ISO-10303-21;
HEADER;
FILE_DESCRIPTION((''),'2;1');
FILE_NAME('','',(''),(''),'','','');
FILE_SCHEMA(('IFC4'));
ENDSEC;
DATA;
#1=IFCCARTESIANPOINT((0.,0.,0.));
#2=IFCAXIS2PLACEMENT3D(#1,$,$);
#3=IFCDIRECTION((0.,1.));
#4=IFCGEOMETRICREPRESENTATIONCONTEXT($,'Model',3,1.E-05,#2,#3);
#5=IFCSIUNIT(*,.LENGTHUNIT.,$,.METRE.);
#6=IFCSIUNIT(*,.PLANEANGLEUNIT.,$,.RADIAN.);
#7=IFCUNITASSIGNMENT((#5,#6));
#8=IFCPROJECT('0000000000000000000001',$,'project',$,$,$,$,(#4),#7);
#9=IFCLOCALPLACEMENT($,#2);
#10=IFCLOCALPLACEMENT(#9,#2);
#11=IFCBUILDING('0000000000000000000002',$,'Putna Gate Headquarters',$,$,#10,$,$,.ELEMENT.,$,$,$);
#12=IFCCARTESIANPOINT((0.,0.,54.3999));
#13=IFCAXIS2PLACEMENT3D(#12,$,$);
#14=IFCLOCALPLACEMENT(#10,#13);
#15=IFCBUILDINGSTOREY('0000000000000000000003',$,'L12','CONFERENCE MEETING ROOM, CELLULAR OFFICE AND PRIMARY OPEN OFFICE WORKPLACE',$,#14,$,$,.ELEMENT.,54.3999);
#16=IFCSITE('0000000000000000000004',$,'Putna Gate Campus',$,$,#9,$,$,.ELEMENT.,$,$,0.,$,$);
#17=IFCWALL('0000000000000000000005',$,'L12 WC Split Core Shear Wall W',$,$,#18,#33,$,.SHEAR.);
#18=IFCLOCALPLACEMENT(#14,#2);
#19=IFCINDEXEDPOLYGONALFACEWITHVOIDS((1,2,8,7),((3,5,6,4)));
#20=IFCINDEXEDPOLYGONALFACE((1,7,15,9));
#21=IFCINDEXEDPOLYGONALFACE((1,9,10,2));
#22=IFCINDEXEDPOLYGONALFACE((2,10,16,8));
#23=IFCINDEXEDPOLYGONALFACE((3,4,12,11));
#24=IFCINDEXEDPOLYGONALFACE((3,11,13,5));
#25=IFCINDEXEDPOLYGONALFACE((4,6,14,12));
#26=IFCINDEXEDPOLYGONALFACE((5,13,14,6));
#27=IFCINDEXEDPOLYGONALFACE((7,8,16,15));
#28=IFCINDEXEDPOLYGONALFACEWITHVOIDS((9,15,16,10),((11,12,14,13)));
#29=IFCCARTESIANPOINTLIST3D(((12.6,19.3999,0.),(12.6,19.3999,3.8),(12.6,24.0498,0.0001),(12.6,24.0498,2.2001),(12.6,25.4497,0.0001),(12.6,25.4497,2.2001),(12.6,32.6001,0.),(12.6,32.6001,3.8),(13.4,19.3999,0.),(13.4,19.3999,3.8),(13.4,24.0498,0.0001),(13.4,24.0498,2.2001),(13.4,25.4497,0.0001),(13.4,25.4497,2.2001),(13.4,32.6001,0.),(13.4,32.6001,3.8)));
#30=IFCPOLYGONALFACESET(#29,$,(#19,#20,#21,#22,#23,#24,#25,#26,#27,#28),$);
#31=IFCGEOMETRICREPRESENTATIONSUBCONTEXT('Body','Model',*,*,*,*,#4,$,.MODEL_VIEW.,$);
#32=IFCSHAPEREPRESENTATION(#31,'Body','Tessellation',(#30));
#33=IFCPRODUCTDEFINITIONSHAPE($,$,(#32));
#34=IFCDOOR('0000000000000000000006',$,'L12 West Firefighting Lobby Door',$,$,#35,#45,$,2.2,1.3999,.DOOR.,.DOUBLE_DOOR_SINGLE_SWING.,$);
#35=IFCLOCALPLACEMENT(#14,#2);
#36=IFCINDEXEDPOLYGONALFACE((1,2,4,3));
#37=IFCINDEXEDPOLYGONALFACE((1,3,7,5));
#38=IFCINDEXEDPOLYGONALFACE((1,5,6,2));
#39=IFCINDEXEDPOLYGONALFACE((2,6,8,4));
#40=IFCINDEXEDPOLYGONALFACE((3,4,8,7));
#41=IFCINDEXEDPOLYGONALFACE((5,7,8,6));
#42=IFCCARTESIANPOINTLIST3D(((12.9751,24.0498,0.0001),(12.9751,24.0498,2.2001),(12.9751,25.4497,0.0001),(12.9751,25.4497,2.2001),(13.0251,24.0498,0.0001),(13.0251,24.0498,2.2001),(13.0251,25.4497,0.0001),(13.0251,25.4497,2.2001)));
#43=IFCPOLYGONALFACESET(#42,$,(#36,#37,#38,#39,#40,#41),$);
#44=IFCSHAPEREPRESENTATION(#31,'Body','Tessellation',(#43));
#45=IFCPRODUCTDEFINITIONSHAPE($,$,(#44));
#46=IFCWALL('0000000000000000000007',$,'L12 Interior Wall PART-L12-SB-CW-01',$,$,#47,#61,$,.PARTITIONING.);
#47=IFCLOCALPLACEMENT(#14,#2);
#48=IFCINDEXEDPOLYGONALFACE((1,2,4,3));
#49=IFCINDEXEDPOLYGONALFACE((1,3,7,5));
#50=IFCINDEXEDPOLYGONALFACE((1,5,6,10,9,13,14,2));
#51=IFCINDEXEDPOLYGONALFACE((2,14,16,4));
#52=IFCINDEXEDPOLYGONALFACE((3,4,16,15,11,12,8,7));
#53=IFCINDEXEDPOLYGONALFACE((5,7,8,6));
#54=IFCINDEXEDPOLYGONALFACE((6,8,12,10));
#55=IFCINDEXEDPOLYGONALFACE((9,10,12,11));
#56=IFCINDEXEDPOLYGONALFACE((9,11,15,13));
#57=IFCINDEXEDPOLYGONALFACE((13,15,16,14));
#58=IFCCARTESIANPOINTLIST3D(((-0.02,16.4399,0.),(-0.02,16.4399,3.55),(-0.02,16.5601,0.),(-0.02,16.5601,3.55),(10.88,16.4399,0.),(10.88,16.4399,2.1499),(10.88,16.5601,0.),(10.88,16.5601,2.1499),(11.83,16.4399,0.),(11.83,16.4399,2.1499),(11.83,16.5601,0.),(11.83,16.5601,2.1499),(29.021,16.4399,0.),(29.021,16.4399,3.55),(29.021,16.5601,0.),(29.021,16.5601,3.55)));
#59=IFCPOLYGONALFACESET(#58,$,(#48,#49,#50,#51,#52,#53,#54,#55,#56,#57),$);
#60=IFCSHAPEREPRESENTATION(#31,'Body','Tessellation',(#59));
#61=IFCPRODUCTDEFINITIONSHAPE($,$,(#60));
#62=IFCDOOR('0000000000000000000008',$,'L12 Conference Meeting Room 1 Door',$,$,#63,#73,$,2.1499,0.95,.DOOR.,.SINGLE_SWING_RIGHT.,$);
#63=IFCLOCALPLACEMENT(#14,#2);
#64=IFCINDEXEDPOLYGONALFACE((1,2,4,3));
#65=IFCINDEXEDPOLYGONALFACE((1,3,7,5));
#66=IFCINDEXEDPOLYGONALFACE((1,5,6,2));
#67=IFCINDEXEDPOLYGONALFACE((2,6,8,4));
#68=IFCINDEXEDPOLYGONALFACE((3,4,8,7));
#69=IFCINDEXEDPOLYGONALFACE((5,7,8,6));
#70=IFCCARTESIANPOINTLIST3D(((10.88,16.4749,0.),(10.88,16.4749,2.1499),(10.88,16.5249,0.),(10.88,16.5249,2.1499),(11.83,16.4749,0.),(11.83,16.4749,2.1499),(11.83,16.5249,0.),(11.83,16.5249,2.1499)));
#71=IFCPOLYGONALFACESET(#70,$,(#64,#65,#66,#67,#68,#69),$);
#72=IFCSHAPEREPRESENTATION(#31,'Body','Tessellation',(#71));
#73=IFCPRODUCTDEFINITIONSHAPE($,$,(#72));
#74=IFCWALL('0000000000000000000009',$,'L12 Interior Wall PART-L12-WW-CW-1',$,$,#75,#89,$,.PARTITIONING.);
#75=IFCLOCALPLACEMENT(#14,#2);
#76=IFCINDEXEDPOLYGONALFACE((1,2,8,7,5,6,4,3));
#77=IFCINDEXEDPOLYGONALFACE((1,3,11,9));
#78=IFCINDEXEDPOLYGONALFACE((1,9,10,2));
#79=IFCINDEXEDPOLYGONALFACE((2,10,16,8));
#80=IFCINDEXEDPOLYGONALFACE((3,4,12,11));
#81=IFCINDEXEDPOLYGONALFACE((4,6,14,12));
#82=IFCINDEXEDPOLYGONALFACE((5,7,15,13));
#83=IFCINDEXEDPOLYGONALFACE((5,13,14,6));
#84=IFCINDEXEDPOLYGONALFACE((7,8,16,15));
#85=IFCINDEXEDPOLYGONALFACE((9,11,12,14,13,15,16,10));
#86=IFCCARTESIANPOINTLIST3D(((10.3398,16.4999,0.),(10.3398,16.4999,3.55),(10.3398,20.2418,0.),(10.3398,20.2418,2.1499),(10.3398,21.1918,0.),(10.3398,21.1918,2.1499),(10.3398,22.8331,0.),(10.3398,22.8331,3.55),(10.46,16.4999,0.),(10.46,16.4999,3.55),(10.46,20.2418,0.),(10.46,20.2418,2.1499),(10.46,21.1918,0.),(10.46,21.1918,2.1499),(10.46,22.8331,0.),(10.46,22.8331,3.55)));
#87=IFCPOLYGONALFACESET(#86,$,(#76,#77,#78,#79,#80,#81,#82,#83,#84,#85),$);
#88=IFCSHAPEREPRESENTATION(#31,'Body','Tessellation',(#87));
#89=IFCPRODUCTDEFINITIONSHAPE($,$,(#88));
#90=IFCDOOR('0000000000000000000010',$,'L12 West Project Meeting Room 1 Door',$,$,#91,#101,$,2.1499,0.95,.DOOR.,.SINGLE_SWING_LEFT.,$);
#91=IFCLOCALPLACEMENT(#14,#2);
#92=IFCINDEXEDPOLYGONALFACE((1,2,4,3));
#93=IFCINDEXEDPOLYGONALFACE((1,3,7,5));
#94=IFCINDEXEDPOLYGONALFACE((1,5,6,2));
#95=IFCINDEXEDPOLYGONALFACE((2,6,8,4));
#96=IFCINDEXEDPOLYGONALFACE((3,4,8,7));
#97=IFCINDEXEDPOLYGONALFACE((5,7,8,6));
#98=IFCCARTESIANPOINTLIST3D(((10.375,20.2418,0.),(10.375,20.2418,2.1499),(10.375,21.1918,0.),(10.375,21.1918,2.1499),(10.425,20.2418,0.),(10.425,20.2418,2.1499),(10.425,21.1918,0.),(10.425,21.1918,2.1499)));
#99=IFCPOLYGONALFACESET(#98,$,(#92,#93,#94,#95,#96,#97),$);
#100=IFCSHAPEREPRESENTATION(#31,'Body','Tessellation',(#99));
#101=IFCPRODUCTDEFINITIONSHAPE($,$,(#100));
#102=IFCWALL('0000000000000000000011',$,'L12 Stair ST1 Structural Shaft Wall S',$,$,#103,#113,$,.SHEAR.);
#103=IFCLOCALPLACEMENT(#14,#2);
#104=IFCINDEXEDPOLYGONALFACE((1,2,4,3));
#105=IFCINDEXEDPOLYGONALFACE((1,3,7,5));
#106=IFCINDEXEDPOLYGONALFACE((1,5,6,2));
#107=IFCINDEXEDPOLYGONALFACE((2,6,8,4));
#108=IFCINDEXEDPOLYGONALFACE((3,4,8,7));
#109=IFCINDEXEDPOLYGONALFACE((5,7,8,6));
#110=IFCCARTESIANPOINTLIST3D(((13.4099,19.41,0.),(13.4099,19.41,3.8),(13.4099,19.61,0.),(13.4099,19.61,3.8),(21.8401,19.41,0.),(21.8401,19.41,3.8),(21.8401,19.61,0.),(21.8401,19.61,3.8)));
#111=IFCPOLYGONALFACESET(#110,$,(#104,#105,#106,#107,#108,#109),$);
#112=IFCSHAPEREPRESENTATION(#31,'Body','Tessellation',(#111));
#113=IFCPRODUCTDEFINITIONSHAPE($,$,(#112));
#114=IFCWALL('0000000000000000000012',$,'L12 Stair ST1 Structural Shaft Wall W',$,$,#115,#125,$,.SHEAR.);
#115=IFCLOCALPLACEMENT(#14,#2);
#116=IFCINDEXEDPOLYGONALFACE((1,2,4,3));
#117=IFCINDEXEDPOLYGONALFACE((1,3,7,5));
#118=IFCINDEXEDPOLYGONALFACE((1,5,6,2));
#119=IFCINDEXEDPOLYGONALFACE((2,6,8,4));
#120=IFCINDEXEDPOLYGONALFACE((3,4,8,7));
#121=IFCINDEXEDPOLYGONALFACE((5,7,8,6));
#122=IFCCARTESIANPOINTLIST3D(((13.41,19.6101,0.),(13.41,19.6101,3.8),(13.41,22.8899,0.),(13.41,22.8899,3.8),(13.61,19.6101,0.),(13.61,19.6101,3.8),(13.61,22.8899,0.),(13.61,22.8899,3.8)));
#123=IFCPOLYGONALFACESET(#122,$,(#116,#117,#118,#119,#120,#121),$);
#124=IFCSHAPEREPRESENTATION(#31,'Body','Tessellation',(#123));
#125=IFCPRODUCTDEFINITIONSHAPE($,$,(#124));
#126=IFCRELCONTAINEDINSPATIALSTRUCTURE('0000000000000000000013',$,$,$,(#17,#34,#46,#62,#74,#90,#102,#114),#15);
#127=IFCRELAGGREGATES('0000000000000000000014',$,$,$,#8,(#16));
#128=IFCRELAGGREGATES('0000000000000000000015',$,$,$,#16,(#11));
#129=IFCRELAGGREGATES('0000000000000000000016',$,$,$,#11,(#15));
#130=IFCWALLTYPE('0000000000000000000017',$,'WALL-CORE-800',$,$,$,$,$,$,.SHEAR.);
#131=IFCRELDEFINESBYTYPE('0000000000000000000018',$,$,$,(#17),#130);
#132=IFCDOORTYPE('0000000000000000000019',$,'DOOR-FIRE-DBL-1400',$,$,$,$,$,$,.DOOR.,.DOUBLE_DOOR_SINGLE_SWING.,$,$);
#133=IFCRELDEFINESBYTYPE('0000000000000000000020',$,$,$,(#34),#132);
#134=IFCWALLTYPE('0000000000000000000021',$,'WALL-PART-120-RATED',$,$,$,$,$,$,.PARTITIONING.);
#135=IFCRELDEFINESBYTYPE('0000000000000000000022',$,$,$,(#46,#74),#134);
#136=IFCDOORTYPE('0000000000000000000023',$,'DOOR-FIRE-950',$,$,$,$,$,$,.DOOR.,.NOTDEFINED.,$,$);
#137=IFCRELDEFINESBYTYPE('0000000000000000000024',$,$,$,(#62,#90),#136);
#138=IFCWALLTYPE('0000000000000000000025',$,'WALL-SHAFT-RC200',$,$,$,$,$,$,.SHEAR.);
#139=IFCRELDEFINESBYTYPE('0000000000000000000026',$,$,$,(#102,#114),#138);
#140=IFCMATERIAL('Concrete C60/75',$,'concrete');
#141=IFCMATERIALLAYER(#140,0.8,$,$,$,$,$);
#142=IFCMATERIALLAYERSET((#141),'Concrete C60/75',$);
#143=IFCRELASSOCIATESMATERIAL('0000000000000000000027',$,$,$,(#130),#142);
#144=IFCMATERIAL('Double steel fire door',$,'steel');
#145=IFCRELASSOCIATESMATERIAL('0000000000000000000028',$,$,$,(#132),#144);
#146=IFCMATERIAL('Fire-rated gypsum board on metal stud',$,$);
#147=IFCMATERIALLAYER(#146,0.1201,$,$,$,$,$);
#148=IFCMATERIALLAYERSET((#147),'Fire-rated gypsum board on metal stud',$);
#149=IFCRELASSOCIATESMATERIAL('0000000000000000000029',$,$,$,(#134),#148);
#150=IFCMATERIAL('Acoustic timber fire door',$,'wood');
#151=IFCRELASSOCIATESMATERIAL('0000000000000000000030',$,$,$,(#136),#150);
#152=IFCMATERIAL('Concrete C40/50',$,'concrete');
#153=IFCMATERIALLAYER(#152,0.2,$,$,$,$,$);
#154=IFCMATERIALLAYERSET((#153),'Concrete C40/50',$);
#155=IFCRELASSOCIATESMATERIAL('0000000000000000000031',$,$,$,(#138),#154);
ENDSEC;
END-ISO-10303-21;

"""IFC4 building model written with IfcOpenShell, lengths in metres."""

from ifc_helpers import new_model, si_unit, direction, frame, frame_2d, origin, place, context, subcontext, project, spatial, rectangle, extrude, material, layer, layer_set, type_object, element, fill, save


model = new_model("IFC4")

# Units and contexts
model_context = context("Model", 3, precision=1e-05, world=origin(), true_north=direction((0.0, 1.0)))
body_context = subcontext(model_context, "Body", "Model", "MODEL_VIEW")
ifc_project = project(units=[si_unit("LENGTHUNIT", "METRE"), si_unit("PLANEANGLEUNIT", "RADIAN")], contexts=[model_context])

# Site, building, storey
site_placement = place(None, origin())
site = spatial("IfcSite", under=ifc_project, at=site_placement, Name="Putna Gate Campus", CompositionType="ELEMENT", RefElevation=0.0)
building_placement = place(site_placement, origin())
building = spatial("IfcBuilding", under=site, at=building_placement, Name="Putna Gate Headquarters", CompositionType="ELEMENT")
storey_placement = place(building_placement, frame((0.0, 0.0, 54.3999)))
storey = spatial("IfcBuildingStorey", under=building, at=storey_placement, Name="L12", Description="CONFERENCE MEETING ROOM, CELLULAR OFFICE AND PRIMARY OPEN OFFICE WORKPLACE", CompositionType="ELEMENT", Elevation=54.3999)

# Shared definitions
ifc_material_1 = material(Name="Concrete C60/75", Category="concrete")

# Walls, openings, doors
ifc_layer_1 = layer(ifc_material_1, 0.8)
ifc_layer_set_1 = layer_set([ifc_layer_1], Name="Concrete C60/75")
wall_type_1 = type_object("IfcWallType", Name="WALL-CORE-800", PredefinedType="SHEAR", material=ifc_layer_set_1)
ifc_material_2 = material(Name="Double steel fire door", Category="steel")
door_type_1 = type_object("IfcDoorType", Name="DOOR-FIRE-DBL-1400", OperationType="DOUBLE_DOOR_SINGLE_SWING", PredefinedType="DOOR", material=ifc_material_2)
wall_1_placement = place(storey_placement, frame((13.0, 19.3999, 0.0), z_axis=(0.0, 0.0, 1.0), x_axis=(0.0, 1.0, 0.0)))
wall_1 = element("IfcWall", 1, at=wall_1_placement, inside=storey, type_object=wall_type_1, Name="L12 WC Split Core Shear Wall W", PredefinedType="SHEAR", context=body_context, shape_type="SweptSolid", body=[
    extrude(rectangle(XDim=13.2002, YDim=0.8, at=frame_2d((6.6001, 0.0))), origin(), (0.0, 0.0, 1.0), 3.8),
])
opening_1_placement = place(wall_1_placement, frame((4.6499, 0.0, 0.0)))
opening_1 = element("IfcOpeningElement", 2, at=opening_1_placement, cuts=wall_1, PredefinedType="OPENING", context=body_context, shape_type="SweptSolid", body=[
    extrude(rectangle(XDim=1.3999, YDim=2.2, at=frame_2d((0.7, 1.1001))), frame((0.0, 0.4099, 0.0), z_axis=(0.0, -1.0, 0.0), x_axis=(1.0, 0.0, 0.0)), (0.0, 0.0, 1.0), 0.8201),
])
door_1_placement = place(opening_1_placement, origin())
door_1 = element("IfcDoor", 3, at=door_1_placement, inside=storey, type_object=door_type_1, Name="L12 West Firefighting Lobby Door", OperationType="DOUBLE_DOOR_SINGLE_SWING", OverallHeight=2.2, OverallWidth=1.3999, PredefinedType="DOOR", context=body_context, shape_type="SweptSolid", body=[
    extrude(rectangle(XDim=1.3999, YDim=2.2, at=frame_2d((0.7, 1.1001))), frame((0.0, 0.0249, 0.0), z_axis=(0.0, -1.0, 0.0), x_axis=(1.0, 0.0, 0.0)), (0.0, 0.0, 1.0), 0.05),
])
fill(opening_1, door_1)
ifc_material_3 = material(Name="Fire-rated gypsum board on metal stud")
ifc_layer_2 = layer(ifc_material_3, 0.1201)
ifc_layer_set_2 = layer_set([ifc_layer_2], Name="Fire-rated gypsum board on metal stud")
wall_type_2 = type_object("IfcWallType", Name="WALL-PART-120-RATED", PredefinedType="PARTITIONING", material=ifc_layer_set_2)
wall_2_placement = place(storey_placement, frame((-0.02, 16.5, 0.0), z_axis=(0.0, 0.0, 1.0), x_axis=(1.0, 0.0, 0.0)))
wall_2 = element("IfcWall", 4, at=wall_2_placement, inside=storey, type_object=wall_type_2, Name="L12 Interior Wall PART-L12-SB-CW-01", PredefinedType="PARTITIONING", context=body_context, shape_type="SweptSolid", body=[
    extrude(rectangle(XDim=29.041, YDim=0.1201, at=frame_2d((14.5205, 0.0))), origin(), (0.0, 0.0, 1.0), 3.55),
])
opening_2_placement = place(wall_2_placement, frame((10.8999, 0.0, 0.0)))
opening_2 = element("IfcOpeningElement", 5, at=opening_2_placement, cuts=wall_2, PredefinedType="OPENING", context=body_context, shape_type="SweptSolid", body=[
    extrude(rectangle(XDim=0.95, YDim=2.1499, at=frame_2d((0.4751, 1.075))), frame((0.0, 0.0701, 0.0), z_axis=(0.0, -1.0, 0.0), x_axis=(1.0, 0.0, 0.0)), (0.0, 0.0, 1.0), 0.1401),
])
ifc_material_4 = material(Name="Acoustic timber fire door", Category="wood")
door_type_2 = type_object("IfcDoorType", Name="DOOR-FIRE-950", OperationType="NOTDEFINED", PredefinedType="DOOR", material=ifc_material_4)
door_2_placement = place(opening_2_placement, origin())
door_2 = element("IfcDoor", 6, at=door_2_placement, inside=storey, type_object=door_type_2, Name="L12 Conference Meeting Room 1 Door", OperationType="SINGLE_SWING_RIGHT", OverallHeight=2.1499, OverallWidth=0.95, PredefinedType="DOOR", context=body_context, shape_type="SweptSolid", body=[
    extrude(rectangle(XDim=0.95, YDim=2.1499, at=frame_2d((0.4751, 1.075))), frame((0.0, 0.0249, 0.0), z_axis=(0.0, -1.0, 0.0), x_axis=(1.0, 0.0, 0.0)), (0.0, 0.0, 1.0), 0.05),
])
fill(opening_2, door_2)
wall_3_placement = place(storey_placement, frame((10.3999, 16.5, 0.0), z_axis=(0.0, 0.0, 1.0), x_axis=(0.0, 1.0, 0.0)))
wall_3 = element("IfcWall", 7, at=wall_3_placement, inside=storey, type_object=wall_type_2, Name="L12 Interior Wall PART-L12-WW-CW-1", PredefinedType="PARTITIONING", context=body_context, shape_type="SweptSolid", body=[
    extrude(rectangle(XDim=6.3333, YDim=0.1201, at=frame_2d((3.1665, 0.0))), origin(), (0.0, 0.0, 1.0), 3.55),
])
opening_3_placement = place(wall_3_placement, frame((3.7417, 0.0, 0.0)))
opening_3 = element("IfcOpeningElement", 8, at=opening_3_placement, cuts=wall_3, PredefinedType="OPENING", context=body_context, shape_type="SweptSolid", body=[
    extrude(rectangle(XDim=0.95, YDim=2.1499, at=frame_2d((0.4751, 1.075))), frame((0.0, 0.0701, 0.0), z_axis=(0.0, -1.0, 0.0), x_axis=(1.0, 0.0, 0.0)), (0.0, 0.0, 1.0), 0.1401),
])
door_3_placement = place(opening_3_placement, origin())
door_3 = element("IfcDoor", 9, at=door_3_placement, inside=storey, type_object=door_type_2, Name="L12 West Project Meeting Room 1 Door", OperationType="SINGLE_SWING_LEFT", OverallHeight=2.1499, OverallWidth=0.95, PredefinedType="DOOR", context=body_context, shape_type="SweptSolid", body=[
    extrude(rectangle(XDim=0.95, YDim=2.1499, at=frame_2d((0.4751, 1.075))), frame((0.0, 0.0249, 0.0), z_axis=(0.0, -1.0, 0.0), x_axis=(1.0, 0.0, 0.0)), (0.0, 0.0, 1.0), 0.05),
])
fill(opening_3, door_3)

# Walls
ifc_material_5 = material(Name="Concrete C40/50", Category="concrete")
ifc_layer_3 = layer(ifc_material_5, 0.2)
ifc_layer_set_3 = layer_set([ifc_layer_3], Name="Concrete C40/50")
wall_type_3 = type_object("IfcWallType", Name="WALL-SHAFT-RC200", PredefinedType="SHEAR", material=ifc_layer_set_3)
wall_4_placement = place(storey_placement, frame((13.4099, 19.51, 0.0), z_axis=(0.0, 0.0, 1.0), x_axis=(1.0, 0.0, 0.0)))
element("IfcWall", 10, at=wall_4_placement, inside=storey, type_object=wall_type_3, Name="L12 Stair ST1 Structural Shaft Wall S", PredefinedType="SHEAR", context=body_context, shape_type="SweptSolid", body=[
    extrude(rectangle(XDim=8.4302, YDim=0.2, at=frame_2d((4.2151, 0.0))), origin(), (0.0, 0.0, 1.0), 3.8),
])
wall_5_placement = place(storey_placement, frame((13.51, 19.6101, 0.0), z_axis=(0.0, 0.0, 1.0), x_axis=(0.0, 1.0, 0.0)))
element("IfcWall", 11, at=wall_5_placement, inside=storey, type_object=wall_type_3, Name="L12 Stair ST1 Structural Shaft Wall W", PredefinedType="SHEAR", context=body_context, shape_type="SweptSolid", body=[
    extrude(rectangle(XDim=3.2798, YDim=0.2, at=frame_2d((1.6399, 0.0))), origin(), (0.0, 0.0, 1.0), 3.8),
])

save(model, "model.ifc")
